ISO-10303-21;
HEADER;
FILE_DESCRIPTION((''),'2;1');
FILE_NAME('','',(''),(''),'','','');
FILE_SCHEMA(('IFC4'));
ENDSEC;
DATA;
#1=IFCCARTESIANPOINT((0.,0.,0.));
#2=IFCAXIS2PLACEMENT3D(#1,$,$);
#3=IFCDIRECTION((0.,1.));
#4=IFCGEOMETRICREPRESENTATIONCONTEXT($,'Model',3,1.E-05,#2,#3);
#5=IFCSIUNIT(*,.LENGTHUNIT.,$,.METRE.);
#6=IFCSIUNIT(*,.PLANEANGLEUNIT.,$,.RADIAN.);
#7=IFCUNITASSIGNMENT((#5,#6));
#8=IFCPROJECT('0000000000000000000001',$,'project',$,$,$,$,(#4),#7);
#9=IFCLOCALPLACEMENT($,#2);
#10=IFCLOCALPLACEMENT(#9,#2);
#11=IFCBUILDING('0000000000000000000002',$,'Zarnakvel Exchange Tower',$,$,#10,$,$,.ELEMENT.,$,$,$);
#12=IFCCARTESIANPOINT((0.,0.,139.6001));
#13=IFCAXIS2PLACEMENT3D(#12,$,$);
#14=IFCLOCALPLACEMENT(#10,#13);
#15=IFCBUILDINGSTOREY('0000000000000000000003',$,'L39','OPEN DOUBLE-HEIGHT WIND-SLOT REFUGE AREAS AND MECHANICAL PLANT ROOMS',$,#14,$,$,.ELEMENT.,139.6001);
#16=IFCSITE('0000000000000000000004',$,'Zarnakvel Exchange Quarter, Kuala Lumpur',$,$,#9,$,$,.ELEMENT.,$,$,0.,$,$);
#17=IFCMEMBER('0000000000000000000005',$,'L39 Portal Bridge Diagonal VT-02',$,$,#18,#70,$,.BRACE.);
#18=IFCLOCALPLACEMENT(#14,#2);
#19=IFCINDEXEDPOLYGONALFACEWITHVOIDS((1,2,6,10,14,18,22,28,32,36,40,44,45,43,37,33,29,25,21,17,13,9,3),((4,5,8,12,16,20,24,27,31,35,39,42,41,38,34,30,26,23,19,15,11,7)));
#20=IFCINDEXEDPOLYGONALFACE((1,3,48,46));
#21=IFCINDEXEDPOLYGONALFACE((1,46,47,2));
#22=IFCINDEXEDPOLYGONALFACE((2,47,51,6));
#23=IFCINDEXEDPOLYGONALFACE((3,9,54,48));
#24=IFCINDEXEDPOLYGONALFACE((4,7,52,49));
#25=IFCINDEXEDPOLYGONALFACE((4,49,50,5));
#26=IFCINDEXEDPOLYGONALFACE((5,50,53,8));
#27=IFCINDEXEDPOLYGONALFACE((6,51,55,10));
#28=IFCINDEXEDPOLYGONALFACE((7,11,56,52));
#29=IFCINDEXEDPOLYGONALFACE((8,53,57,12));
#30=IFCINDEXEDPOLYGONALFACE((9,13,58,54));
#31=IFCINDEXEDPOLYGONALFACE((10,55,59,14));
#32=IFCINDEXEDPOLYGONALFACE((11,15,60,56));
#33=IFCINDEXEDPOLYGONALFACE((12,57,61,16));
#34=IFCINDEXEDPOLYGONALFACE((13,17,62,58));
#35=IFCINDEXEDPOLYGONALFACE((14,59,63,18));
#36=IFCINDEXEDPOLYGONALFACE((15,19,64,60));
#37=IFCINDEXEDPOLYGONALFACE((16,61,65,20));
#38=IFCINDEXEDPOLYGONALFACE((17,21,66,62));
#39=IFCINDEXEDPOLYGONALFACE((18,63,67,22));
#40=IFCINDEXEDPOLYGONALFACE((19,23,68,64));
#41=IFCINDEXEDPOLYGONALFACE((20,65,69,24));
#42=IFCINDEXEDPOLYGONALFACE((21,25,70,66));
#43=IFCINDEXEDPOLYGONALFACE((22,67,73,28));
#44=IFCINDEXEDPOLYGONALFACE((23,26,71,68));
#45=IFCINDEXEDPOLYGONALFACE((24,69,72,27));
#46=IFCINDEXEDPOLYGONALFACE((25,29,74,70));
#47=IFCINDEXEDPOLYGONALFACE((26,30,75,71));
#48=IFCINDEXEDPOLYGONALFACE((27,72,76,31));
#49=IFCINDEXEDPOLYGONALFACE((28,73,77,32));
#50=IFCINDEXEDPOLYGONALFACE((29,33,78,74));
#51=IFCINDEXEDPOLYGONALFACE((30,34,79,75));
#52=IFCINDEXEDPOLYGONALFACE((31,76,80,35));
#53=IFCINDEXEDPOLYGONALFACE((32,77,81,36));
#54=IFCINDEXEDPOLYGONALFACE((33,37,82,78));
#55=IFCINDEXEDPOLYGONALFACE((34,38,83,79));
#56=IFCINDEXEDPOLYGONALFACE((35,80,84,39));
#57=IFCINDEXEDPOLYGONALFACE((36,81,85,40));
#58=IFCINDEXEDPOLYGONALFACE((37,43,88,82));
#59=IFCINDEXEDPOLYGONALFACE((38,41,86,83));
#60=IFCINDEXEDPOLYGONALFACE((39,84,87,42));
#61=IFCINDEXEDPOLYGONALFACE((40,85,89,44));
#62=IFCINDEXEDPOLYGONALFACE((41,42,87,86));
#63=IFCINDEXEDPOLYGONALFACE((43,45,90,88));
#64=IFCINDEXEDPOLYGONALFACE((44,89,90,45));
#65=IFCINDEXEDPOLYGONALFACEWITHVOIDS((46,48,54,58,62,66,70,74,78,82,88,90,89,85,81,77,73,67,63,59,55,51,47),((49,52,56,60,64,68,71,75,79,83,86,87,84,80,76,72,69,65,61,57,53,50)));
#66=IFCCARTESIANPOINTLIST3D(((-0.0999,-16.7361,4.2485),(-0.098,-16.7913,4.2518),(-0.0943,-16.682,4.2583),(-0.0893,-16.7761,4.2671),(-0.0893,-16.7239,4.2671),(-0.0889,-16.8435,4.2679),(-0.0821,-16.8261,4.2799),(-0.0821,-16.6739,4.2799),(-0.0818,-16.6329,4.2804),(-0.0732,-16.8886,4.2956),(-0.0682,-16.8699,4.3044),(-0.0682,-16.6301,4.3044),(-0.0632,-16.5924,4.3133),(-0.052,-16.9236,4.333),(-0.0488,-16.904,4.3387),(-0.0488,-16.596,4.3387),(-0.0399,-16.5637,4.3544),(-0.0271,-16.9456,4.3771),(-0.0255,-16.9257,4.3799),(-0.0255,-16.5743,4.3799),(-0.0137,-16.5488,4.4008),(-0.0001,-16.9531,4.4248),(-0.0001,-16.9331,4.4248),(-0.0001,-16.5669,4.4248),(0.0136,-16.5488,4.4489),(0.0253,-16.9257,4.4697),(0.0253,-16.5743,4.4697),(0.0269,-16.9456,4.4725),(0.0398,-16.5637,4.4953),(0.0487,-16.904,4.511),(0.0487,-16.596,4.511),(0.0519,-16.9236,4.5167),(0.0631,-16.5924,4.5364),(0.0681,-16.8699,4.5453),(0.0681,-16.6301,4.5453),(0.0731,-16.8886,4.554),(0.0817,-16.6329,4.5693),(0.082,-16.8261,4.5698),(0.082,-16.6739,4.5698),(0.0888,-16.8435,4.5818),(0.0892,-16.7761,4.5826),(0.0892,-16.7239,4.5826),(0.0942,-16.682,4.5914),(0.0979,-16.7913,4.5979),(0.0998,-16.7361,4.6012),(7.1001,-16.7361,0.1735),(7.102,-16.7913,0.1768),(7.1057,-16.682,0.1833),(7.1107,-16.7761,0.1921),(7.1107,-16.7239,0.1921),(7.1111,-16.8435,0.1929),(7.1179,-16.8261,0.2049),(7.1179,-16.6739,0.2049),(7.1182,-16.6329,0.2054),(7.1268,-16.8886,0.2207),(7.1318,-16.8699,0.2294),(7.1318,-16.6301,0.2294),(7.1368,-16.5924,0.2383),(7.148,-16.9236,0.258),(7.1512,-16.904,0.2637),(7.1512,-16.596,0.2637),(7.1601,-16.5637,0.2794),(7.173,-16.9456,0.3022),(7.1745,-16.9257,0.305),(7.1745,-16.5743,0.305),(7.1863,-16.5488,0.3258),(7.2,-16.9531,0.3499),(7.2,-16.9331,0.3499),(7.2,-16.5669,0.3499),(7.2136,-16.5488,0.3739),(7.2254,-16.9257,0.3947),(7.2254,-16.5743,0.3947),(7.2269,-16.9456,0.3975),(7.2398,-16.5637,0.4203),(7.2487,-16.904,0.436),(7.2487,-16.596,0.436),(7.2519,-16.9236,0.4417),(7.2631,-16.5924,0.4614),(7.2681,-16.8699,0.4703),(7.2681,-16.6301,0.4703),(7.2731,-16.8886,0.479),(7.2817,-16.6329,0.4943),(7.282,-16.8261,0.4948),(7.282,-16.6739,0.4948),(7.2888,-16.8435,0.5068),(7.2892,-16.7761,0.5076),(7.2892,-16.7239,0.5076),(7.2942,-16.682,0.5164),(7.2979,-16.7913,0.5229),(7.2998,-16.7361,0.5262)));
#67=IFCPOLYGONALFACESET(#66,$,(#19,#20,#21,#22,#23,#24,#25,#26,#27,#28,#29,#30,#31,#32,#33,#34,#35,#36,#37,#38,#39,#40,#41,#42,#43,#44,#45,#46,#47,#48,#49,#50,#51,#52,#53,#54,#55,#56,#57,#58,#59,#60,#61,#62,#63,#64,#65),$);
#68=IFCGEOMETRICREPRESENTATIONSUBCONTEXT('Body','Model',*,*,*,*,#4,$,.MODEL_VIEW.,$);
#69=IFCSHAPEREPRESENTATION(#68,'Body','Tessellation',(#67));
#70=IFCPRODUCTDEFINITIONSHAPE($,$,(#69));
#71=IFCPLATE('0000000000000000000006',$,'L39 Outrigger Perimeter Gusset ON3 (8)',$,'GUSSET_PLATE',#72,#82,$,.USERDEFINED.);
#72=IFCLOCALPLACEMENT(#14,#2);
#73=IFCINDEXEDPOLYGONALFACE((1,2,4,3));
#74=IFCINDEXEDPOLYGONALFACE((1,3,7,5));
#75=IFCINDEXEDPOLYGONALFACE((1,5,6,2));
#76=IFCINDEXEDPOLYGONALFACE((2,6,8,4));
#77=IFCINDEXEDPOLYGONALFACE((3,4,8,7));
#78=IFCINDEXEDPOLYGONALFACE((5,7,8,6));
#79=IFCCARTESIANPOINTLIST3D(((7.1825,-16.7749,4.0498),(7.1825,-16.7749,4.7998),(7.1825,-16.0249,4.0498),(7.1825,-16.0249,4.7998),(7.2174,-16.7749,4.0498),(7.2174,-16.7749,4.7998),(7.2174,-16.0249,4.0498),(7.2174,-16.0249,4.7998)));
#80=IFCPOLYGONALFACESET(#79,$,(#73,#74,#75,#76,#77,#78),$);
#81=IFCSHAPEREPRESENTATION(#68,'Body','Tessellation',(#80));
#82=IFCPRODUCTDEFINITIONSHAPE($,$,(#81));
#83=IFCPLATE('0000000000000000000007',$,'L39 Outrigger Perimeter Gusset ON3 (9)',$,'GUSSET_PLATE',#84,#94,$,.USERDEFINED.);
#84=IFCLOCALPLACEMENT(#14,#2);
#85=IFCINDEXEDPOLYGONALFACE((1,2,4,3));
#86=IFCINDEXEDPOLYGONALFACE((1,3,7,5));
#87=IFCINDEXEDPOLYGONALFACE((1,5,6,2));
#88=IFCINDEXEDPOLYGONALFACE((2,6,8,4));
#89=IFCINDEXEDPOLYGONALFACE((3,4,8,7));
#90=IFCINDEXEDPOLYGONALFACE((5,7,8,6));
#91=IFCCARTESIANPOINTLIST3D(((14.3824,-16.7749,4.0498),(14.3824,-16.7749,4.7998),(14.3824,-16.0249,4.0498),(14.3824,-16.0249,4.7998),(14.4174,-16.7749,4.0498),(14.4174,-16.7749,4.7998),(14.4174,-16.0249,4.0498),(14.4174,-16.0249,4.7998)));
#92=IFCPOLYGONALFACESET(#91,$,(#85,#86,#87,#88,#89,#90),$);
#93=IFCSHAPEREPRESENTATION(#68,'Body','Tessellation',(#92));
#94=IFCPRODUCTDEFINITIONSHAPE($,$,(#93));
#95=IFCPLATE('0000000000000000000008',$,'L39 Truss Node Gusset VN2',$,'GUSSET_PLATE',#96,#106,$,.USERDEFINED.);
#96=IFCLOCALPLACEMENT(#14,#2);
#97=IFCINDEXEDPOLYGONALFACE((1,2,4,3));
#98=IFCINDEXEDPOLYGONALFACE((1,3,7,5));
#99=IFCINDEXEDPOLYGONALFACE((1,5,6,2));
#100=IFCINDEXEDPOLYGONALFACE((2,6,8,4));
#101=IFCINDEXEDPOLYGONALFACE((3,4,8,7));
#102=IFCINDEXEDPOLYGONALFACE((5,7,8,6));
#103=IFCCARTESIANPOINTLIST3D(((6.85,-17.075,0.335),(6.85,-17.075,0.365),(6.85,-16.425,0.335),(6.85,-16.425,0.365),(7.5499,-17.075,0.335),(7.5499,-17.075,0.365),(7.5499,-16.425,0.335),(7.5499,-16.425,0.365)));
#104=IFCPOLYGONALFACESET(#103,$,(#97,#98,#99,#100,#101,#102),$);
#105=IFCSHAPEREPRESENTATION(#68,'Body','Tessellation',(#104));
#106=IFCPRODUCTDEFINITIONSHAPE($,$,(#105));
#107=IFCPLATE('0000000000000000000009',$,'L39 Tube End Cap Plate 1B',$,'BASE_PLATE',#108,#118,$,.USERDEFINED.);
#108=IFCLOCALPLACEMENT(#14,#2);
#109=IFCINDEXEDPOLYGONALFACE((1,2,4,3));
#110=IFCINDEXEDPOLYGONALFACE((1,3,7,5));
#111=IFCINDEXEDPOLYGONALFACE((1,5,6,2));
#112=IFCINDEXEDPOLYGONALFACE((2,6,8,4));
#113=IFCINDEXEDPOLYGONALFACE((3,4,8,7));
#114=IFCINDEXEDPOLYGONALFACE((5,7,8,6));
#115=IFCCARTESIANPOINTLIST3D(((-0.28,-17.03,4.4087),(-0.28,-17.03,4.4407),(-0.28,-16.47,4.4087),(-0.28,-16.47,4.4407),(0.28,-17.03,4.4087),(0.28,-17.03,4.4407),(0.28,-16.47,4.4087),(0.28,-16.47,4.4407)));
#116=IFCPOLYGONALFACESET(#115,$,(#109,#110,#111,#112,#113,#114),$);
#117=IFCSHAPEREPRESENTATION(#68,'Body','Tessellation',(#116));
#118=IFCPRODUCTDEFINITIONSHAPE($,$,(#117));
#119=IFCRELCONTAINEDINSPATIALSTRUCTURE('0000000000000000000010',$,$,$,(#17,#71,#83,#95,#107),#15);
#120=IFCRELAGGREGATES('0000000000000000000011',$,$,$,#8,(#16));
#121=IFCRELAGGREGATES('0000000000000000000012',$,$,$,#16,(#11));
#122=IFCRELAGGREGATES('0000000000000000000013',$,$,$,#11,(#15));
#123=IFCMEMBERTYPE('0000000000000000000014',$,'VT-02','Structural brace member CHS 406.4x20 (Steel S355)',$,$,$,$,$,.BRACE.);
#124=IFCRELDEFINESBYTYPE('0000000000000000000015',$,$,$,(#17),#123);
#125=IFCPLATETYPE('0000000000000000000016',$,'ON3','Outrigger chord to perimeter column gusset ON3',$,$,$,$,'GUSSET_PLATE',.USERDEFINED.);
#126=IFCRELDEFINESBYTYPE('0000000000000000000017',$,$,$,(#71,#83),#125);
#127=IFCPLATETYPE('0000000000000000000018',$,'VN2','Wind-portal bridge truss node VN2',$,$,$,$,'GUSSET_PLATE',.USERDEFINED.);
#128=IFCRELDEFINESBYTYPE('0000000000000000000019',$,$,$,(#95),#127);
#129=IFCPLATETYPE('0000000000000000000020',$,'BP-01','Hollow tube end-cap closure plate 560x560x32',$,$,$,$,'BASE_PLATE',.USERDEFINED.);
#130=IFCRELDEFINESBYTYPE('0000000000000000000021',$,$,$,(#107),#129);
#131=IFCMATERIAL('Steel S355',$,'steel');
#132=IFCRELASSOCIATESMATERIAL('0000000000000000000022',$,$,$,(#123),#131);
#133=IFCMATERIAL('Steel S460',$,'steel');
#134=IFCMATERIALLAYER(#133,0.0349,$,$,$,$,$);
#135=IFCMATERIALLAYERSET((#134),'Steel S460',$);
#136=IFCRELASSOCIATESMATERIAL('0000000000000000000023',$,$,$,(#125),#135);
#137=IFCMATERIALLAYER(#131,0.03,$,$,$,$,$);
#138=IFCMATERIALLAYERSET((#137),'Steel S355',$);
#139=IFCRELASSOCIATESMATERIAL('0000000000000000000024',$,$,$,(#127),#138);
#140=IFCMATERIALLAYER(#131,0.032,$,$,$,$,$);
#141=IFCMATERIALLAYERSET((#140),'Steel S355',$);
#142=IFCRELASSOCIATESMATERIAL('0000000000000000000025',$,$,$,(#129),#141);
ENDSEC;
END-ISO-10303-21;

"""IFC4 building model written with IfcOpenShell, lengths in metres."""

from ifc_helpers import new_model, si_unit, direction, frame, origin, origin_2d, place, context, subcontext, project, spatial, rectangle, hollow_circle, extrude, source, transform, mapped, material, layer, layer_set, material_profile, profile_set, type_object, element, save


model = new_model("IFC4")

# Units and contexts
model_context = context("Model", 3, precision=1e-05, world=origin(), true_north=direction((0.0, 1.0)))
body_context = subcontext(model_context, "Body", "Model", "MODEL_VIEW")
ifc_project = project(units=[si_unit("LENGTHUNIT", "METRE"), si_unit("PLANEANGLEUNIT", "RADIAN")], contexts=[model_context])

# Site, building, storey
site_placement = place(None, origin())
site = spatial("IfcSite", under=ifc_project, at=site_placement, Name="Zarnakvel Exchange Quarter, Kuala Lumpur", CompositionType="ELEMENT", RefElevation=0.0)
building_placement = place(site_placement, origin())
building = spatial("IfcBuilding", under=site, at=building_placement, Name="Zarnakvel Exchange Tower", CompositionType="ELEMENT")
storey_placement = place(building_placement, frame((0.0, 0.0, 139.6001)))
storey = spatial("IfcBuildingStorey", under=building, at=storey_placement, Name="L39", Description="OPEN DOUBLE-HEIGHT WIND-SLOT REFUGE AREAS AND MECHANICAL PLANT ROOMS", CompositionType="ELEMENT", Elevation=139.6001)

# Shared definitions
ifc_material_1 = material(Name="Steel S355", Category="steel")
ifc_material_2 = material(Name="Steel S460", Category="steel")

# Member
ifc_material_profile_1 = material_profile(ifc_material_1, hollow_circle(Radius=0.2031, WallThickness=0.02, at=origin_2d()))
ifc_profile_set_1 = profile_set([ifc_material_profile_1], Name="Steel S355")
member_type_1 = type_object("IfcMemberType", Name="VT-02", Description="Structural brace member CHS 406.4x20 (Steel S355)", PredefinedType="BRACE", material=ifc_profile_set_1)
shared_shape_1 = source(origin(), body_context, "Body", "SweptSolid", [
    extrude(hollow_circle(Radius=0.2031, WallThickness=0.02, at=origin_2d()), origin(), (0.0, 0.0, 1.0), 8.2732),
])
member_1_placement = place(storey_placement, frame((7.2, -16.75, 0.3499), z_axis=(-0.870282, 0.0, 0.492553), x_axis=(0.0, -1.0, 0.0)))
element("IfcMember", 1, at=member_1_placement, inside=storey, type_object=member_type_1, Name="L39 Portal Bridge Diagonal VT-02", PredefinedType="BRACE", context=body_context, shape_type="MappedRepresentation", body=[
    mapped(shared_shape_1, transform((0.0, 0.0, 0.0), x_axis=(1.0, 0.0, 0.0), y_axis=(0.0, 1.0, 0.0), z_axis=(0.0, 0.0, 1.0), scale=1.0)),
])

# Plates
ifc_layer_1 = layer(ifc_material_2, 0.0349)
ifc_layer_set_1 = layer_set([ifc_layer_1], Name="Steel S460")
plate_type_1 = type_object("IfcPlateType", Name="ON3", Description="Outrigger chord to perimeter column gusset ON3", ElementType="GUSSET_PLATE", PredefinedType="USERDEFINED", material=ifc_layer_set_1)
shared_shape_2 = source(origin(), body_context, "Body", "SweptSolid", [
    extrude(rectangle(XDim=0.0349, YDim=0.75, at=origin_2d()), origin(), (0.0, 0.0, 1.0), 0.75),
])
for number, where, z_axis, x_axis, name in (
    (2, (7.2, -16.3999, 4.0498), (0.0, 0.0, 1.0), (1.0, 0.0, 0.0), "L39 Outrigger Perimeter Gusset ON3 (8)"),
    (3, (14.3999, -16.3999, 4.0498), (0.0, 0.0, 1.0), (1.0, 0.0, 0.0), "L39 Outrigger Perimeter Gusset ON3 (9)"),
):
    element("IfcPlate", number, at=place(storey_placement, frame(where, z_axis=z_axis, x_axis=x_axis)), inside=storey, type_object=plate_type_1, Name=name, ObjectType="GUSSET_PLATE", PredefinedType="USERDEFINED", context=body_context, shape_type="MappedRepresentation", body=[
        mapped(shared_shape_2, transform((0.0, 0.0, 0.0), x_axis=(1.0, 0.0, 0.0), y_axis=(0.0, 1.0, 0.0), z_axis=(0.0, 0.0, 1.0), scale=1.0)),
    ])
ifc_layer_2 = layer(ifc_material_1, 0.03)
ifc_layer_set_2 = layer_set([ifc_layer_2], Name="Steel S355")
plate_type_2 = type_object("IfcPlateType", Name="VN2", Description="Wind-portal bridge truss node VN2", ElementType="GUSSET_PLATE", PredefinedType="USERDEFINED", material=ifc_layer_set_2)
shared_shape_3 = source(origin(), body_context, "Body", "SweptSolid", [
    extrude(rectangle(XDim=0.7, YDim=0.6499, at=origin_2d()), origin(), (0.0, 0.0, 1.0), 0.03),
])
plate_1_placement = place(storey_placement, frame((7.2, -16.75, 0.335), z_axis=(0.0, 0.0, 1.0), x_axis=(1.0, 0.0, 0.0)))
element("IfcPlate", 4, at=plate_1_placement, inside=storey, type_object=plate_type_2, Name="L39 Truss Node Gusset VN2", ObjectType="GUSSET_PLATE", PredefinedType="USERDEFINED", context=body_context, shape_type="MappedRepresentation", body=[
    mapped(shared_shape_3, transform((0.0, 0.0, 0.0), x_axis=(1.0, 0.0, 0.0), y_axis=(0.0, 1.0, 0.0), z_axis=(0.0, 0.0, 1.0), scale=1.0)),
])
ifc_layer_3 = layer(ifc_material_1, 0.032)
ifc_layer_set_3 = layer_set([ifc_layer_3], Name="Steel S355")
plate_type_3 = type_object("IfcPlateType", Name="BP-01", Description="Hollow tube end-cap closure plate 560x560x32", ElementType="BASE_PLATE", PredefinedType="USERDEFINED", material=ifc_layer_set_3)
shared_shape_4 = source(origin(), body_context, "Body", "SweptSolid", [
    extrude(rectangle(XDim=0.5601, YDim=0.5601, at=origin_2d()), origin(), (0.0, 0.0, 1.0), 0.032),
])
plate_2_placement = place(storey_placement, frame((0.0, -16.75, 4.4087), z_axis=(0.0, 0.0, 1.0), x_axis=(1.0, 0.0, 0.0)))
element("IfcPlate", 5, at=plate_2_placement, inside=storey, type_object=plate_type_3, Name="L39 Tube End Cap Plate 1B", ObjectType="BASE_PLATE", PredefinedType="USERDEFINED", context=body_context, shape_type="MappedRepresentation", body=[
    mapped(shared_shape_4, transform((0.0, 0.0, 0.0), x_axis=(1.0, 0.0, 0.0), y_axis=(0.0, 1.0, 0.0), z_axis=(0.0, 0.0, 1.0), scale=1.0)),
])

save(model, "model.ifc")
